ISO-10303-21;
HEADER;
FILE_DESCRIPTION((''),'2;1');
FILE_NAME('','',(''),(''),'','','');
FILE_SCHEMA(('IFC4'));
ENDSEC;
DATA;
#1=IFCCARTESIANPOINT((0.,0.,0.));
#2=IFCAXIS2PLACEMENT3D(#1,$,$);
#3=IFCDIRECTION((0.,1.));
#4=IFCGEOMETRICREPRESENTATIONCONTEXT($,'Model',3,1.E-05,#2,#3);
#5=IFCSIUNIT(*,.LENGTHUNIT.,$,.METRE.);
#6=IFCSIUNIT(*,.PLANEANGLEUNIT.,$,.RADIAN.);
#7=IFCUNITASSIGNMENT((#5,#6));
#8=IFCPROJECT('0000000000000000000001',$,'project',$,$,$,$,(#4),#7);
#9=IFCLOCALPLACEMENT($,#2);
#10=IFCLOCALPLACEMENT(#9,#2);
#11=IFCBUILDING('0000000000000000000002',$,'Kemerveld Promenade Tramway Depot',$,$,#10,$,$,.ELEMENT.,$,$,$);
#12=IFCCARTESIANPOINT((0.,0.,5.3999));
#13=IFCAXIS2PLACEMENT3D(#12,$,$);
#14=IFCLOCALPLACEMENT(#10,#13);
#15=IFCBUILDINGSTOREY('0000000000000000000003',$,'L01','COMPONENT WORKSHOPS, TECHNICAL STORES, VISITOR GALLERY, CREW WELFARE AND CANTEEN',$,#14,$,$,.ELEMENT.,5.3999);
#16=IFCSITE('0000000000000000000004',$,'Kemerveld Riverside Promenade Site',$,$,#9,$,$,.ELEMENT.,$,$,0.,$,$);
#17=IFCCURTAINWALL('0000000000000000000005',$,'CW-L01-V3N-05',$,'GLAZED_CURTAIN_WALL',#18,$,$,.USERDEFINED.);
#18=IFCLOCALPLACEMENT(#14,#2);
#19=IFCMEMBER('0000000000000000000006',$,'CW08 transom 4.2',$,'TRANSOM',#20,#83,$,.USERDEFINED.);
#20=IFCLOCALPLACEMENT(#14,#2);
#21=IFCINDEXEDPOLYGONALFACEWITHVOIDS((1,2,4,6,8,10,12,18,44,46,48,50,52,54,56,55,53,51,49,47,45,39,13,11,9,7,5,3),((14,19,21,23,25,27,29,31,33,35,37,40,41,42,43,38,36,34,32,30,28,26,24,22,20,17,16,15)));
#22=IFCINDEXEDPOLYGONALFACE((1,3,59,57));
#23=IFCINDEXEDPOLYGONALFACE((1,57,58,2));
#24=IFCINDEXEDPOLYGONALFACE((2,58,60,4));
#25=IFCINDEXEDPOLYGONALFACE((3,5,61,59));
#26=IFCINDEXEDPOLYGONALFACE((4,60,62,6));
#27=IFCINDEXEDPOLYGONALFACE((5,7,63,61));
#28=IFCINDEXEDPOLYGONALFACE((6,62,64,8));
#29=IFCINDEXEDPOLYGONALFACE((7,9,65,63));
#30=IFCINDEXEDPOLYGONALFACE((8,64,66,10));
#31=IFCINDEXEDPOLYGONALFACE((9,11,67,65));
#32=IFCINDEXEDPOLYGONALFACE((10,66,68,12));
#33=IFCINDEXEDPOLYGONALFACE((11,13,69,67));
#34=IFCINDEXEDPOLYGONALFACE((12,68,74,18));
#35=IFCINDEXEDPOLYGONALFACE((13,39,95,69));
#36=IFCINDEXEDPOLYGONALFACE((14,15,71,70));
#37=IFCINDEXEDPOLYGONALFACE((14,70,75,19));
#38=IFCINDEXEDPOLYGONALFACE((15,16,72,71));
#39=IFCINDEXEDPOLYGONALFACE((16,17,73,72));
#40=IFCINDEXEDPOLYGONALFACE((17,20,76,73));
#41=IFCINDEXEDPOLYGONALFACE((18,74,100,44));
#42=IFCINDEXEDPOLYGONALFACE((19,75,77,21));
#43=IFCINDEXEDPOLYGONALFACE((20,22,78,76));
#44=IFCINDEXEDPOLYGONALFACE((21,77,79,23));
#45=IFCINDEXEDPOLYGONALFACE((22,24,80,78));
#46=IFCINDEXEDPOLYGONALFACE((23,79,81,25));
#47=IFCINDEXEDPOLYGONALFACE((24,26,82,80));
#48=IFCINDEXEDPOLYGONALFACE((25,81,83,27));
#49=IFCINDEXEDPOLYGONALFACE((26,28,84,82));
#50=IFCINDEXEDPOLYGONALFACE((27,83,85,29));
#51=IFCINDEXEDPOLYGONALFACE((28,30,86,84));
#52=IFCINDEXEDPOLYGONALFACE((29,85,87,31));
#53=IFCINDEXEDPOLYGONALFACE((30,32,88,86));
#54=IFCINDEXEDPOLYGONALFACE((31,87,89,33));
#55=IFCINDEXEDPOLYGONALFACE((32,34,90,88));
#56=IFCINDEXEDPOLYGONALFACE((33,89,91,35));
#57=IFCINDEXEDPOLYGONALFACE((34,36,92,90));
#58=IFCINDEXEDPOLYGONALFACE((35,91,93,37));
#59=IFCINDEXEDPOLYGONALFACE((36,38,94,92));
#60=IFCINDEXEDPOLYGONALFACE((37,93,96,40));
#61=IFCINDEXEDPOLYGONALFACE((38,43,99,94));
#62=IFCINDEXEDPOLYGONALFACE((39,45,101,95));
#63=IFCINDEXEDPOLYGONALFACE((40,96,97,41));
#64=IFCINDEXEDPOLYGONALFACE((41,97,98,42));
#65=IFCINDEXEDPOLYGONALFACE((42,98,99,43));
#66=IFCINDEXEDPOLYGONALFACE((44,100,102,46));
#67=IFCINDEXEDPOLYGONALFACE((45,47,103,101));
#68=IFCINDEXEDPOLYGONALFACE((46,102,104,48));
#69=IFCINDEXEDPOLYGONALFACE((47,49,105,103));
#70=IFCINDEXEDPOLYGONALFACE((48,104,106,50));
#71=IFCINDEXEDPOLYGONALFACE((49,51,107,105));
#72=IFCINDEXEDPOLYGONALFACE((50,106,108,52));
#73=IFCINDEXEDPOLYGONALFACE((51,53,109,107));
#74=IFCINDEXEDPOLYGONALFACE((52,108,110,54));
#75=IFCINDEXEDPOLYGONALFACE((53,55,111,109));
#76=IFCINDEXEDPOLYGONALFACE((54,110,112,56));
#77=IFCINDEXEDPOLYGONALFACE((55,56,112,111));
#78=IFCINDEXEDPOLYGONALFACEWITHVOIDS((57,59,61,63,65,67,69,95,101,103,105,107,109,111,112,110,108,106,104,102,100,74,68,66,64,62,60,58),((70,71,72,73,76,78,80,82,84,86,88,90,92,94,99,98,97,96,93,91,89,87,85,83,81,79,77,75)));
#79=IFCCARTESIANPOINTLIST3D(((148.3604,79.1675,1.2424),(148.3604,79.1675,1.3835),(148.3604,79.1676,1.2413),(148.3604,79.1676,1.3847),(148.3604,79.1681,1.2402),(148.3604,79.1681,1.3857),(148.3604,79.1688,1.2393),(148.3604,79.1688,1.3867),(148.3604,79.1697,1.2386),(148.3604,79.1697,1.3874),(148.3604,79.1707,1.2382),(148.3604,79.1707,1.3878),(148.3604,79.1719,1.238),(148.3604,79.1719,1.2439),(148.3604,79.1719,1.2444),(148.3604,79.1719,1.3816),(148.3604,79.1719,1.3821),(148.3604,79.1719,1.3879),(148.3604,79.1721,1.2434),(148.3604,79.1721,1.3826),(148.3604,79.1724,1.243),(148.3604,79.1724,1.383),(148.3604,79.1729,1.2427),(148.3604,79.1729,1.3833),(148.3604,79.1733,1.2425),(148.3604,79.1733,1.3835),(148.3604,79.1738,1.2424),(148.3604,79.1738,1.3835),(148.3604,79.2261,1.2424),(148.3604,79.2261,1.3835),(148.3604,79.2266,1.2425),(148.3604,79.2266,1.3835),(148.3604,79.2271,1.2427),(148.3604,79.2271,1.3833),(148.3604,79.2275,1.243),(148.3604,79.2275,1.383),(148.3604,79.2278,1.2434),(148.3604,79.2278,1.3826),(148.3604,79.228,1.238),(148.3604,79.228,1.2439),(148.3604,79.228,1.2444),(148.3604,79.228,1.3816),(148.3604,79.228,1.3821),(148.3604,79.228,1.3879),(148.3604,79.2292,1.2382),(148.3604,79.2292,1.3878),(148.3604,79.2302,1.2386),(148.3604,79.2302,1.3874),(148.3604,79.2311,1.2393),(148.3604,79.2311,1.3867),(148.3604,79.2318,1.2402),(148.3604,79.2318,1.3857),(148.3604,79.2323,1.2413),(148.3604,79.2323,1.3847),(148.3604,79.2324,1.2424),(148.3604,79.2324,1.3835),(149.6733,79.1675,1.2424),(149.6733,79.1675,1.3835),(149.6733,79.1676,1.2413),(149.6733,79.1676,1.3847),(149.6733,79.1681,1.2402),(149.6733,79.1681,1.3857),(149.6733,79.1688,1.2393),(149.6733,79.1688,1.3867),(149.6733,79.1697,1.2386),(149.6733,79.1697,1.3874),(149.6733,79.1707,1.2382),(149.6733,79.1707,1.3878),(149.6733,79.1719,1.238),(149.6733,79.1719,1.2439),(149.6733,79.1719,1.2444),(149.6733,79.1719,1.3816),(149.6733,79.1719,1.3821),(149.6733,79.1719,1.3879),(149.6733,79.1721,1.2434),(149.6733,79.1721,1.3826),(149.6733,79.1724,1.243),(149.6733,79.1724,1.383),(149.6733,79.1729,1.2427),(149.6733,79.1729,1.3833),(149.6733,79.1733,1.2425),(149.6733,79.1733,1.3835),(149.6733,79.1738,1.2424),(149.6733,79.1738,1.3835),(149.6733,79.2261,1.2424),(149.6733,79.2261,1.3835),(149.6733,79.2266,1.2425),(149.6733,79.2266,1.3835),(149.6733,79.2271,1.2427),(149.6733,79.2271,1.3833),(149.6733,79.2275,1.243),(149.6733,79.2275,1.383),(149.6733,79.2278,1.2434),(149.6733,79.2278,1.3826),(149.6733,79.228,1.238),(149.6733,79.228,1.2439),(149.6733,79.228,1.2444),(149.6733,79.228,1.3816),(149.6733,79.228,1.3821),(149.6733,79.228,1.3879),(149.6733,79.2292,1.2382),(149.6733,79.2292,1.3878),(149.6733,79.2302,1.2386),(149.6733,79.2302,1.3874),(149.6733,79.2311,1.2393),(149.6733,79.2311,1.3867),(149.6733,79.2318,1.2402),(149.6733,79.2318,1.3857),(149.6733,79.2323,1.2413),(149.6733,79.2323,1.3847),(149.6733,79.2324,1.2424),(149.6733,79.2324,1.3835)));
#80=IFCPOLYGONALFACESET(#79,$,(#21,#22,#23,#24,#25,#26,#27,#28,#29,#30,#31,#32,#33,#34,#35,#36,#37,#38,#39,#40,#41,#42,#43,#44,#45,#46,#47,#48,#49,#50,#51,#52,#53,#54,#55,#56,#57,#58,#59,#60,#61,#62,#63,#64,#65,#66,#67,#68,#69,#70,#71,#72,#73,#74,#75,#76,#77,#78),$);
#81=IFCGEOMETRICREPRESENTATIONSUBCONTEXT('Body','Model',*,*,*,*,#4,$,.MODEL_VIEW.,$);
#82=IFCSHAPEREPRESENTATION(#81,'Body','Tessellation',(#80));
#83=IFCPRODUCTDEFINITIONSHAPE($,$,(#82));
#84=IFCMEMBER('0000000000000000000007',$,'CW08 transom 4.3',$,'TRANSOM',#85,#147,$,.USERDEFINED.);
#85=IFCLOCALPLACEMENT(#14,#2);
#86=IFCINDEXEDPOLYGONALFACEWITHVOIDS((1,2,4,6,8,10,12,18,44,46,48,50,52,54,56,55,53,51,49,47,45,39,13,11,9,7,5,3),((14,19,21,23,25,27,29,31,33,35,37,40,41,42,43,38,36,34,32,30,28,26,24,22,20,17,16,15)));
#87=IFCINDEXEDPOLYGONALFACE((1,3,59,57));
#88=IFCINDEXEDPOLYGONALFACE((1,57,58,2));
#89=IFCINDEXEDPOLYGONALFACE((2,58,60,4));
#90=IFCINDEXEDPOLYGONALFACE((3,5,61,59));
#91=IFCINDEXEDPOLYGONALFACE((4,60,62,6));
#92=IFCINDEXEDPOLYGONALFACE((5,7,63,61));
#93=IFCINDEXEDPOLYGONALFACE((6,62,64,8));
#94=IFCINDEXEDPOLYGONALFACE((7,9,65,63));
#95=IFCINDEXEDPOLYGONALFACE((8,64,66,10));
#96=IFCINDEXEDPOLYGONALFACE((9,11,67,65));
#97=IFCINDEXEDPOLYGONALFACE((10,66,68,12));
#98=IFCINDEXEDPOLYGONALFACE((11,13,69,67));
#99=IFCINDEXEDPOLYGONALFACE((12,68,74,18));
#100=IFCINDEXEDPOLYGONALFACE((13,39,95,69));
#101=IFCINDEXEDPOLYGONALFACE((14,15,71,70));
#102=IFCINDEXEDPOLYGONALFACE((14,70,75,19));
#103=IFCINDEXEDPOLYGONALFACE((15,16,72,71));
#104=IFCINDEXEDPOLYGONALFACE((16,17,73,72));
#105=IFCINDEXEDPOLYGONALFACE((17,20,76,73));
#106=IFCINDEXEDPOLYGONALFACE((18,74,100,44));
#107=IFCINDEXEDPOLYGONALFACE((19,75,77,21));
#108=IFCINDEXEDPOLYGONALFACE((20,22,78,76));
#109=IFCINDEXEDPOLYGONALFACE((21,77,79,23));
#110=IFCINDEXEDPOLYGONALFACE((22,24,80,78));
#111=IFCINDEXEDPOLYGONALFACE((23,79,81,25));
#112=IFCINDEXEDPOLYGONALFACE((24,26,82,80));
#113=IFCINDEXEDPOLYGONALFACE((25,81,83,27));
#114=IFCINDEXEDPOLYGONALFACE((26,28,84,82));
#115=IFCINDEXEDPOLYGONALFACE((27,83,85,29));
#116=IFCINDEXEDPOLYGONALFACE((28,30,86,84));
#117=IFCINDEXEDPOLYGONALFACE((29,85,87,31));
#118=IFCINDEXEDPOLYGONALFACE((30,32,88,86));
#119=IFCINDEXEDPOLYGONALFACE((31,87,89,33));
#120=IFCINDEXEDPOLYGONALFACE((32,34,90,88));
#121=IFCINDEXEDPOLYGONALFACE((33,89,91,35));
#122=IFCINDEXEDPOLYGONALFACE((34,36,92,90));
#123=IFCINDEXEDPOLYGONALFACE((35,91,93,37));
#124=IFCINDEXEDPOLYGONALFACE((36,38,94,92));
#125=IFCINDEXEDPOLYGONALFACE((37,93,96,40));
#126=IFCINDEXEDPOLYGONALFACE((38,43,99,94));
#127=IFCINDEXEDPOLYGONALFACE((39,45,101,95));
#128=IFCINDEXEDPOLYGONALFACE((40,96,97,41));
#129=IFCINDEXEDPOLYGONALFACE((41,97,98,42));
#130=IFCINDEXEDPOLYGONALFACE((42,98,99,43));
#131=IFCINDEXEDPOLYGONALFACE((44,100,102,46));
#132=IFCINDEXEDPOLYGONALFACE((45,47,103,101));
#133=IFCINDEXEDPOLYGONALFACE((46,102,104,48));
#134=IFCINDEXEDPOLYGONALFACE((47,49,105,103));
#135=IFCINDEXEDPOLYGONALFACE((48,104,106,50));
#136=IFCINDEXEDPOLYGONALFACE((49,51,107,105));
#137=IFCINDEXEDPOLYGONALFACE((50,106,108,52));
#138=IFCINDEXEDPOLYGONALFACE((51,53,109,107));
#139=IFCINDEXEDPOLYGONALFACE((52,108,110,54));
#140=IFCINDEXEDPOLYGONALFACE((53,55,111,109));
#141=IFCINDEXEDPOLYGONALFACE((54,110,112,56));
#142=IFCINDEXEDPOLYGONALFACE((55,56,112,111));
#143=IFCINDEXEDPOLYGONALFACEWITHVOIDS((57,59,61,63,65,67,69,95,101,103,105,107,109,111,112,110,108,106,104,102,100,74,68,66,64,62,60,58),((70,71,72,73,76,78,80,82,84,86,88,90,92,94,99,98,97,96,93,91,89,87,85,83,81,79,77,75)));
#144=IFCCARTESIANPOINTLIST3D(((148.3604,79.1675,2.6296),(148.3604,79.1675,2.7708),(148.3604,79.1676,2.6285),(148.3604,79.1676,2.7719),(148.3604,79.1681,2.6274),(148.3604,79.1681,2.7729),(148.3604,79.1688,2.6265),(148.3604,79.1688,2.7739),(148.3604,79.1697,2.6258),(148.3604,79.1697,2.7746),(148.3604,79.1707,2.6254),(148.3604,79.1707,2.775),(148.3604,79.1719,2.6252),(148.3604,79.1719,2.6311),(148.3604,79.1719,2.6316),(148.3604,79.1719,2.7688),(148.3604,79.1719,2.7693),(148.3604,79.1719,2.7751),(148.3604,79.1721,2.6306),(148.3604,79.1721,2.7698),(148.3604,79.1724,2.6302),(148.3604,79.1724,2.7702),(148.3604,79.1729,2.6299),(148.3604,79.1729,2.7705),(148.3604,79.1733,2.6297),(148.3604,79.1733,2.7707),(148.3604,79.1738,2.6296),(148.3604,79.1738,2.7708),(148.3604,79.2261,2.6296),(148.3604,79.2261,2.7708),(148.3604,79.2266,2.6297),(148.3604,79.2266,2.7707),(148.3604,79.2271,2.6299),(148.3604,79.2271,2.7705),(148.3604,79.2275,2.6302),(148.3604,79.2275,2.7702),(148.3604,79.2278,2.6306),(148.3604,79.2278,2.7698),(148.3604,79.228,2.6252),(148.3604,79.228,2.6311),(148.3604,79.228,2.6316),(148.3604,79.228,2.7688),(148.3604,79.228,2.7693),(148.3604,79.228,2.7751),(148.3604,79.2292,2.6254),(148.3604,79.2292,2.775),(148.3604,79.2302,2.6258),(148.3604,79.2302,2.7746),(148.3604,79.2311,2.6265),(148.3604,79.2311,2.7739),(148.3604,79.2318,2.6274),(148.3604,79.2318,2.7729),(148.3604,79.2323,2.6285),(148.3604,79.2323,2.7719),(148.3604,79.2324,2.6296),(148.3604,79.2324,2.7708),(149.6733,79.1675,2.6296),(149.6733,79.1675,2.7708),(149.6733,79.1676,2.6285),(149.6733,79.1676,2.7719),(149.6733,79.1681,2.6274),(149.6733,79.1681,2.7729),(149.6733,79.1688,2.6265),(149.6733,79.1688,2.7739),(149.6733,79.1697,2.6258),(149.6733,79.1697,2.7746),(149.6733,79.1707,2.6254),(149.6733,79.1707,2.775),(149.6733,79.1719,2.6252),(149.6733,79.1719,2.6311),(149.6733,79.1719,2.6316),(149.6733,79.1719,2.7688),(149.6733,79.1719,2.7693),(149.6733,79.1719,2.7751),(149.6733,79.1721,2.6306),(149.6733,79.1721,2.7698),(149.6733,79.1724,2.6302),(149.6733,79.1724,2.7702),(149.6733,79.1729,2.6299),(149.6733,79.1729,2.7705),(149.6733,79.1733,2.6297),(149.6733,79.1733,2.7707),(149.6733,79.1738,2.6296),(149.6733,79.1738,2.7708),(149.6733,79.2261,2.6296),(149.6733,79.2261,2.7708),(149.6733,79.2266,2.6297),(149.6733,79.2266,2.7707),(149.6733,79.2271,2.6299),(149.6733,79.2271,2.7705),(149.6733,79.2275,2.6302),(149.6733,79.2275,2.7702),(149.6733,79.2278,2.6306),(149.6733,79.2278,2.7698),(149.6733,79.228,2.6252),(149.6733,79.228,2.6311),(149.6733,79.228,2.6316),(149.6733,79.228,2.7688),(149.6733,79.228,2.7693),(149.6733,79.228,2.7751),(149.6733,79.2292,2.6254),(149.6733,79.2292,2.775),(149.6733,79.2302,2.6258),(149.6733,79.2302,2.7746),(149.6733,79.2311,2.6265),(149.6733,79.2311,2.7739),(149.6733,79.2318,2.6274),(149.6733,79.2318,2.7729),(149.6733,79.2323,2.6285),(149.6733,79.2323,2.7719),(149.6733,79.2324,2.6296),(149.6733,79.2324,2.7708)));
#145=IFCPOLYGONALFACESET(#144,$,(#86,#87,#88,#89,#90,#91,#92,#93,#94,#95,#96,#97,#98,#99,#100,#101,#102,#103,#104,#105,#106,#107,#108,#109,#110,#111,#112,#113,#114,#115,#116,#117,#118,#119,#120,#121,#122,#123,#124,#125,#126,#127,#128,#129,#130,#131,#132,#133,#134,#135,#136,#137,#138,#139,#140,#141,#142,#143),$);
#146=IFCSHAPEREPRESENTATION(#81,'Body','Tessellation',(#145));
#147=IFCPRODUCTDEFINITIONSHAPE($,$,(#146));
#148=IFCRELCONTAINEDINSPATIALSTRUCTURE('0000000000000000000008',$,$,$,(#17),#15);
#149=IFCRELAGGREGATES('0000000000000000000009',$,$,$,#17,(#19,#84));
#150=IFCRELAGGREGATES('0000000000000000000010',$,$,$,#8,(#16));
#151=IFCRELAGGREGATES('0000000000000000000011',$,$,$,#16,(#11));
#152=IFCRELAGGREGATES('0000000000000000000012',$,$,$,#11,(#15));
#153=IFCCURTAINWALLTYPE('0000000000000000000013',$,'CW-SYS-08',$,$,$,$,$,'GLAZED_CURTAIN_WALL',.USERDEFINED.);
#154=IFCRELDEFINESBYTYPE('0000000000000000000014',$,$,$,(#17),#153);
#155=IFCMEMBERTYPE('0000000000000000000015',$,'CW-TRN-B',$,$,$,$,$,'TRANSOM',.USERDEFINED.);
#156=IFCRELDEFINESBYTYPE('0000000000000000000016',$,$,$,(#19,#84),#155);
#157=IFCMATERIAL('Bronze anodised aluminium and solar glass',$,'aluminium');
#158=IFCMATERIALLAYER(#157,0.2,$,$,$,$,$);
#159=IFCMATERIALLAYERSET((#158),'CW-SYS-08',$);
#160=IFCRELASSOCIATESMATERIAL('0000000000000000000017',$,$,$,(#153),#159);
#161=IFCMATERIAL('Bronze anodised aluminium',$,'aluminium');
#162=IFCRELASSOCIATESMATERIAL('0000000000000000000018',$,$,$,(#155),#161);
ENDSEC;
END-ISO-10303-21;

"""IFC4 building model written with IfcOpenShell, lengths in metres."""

from ifc_helpers import new_model, si_unit, direction, frame, origin, origin_2d, place, context, subcontext, project, spatial, hollow_rectangle, extrude, material, layer, layer_set, material_profile, profile_set, type_object, element, aggregate, save


model = new_model("IFC4")

# Units and contexts
model_context = context("Model", 3, precision=1e-05, world=origin(), true_north=direction((0.0, 1.0)))
body_context = subcontext(model_context, "Body", "Model", "MODEL_VIEW")
ifc_project = project(units=[si_unit("LENGTHUNIT", "METRE"), si_unit("PLANEANGLEUNIT", "RADIAN")], contexts=[model_context])

# Site, building, storey
site_placement = place(None, origin())
site = spatial("IfcSite", under=ifc_project, at=site_placement, Name="Kemerveld Riverside Promenade Site", CompositionType="ELEMENT", RefElevation=0.0)
building_placement = place(site_placement, origin())
building = spatial("IfcBuilding", under=site, at=building_placement, Name="Kemerveld Promenade Tramway Depot", CompositionType="ELEMENT")
storey_placement = place(building_placement, frame((0.0, 0.0, 5.3999)))
storey = spatial("IfcBuildingStorey", under=building, at=storey_placement, Name="L01", Description="COMPONENT WORKSHOPS, TECHNICAL STORES, VISITOR GALLERY, CREW WELFARE AND CANTEEN", CompositionType="ELEMENT", Elevation=5.3999)

# Curtain wall, members
ifc_material_1 = material(Name="Bronze anodised aluminium and solar glass", Category="aluminium")
ifc_layer_1 = layer(ifc_material_1, 0.2)
ifc_layer_set_1 = layer_set([ifc_layer_1], Name="CW-SYS-08")
curtain_wall_type = type_object("IfcCurtainWallType", Name="CW-SYS-08", ElementType="GLAZED_CURTAIN_WALL", PredefinedType="USERDEFINED", material=ifc_layer_set_1)
curtain_wall_placement = place(storey_placement, origin())
curtain_wall = element("IfcCurtainWall", 1, at=curtain_wall_placement, inside=storey, type_object=curtain_wall_type, Name="CW-L01-V3N-05", ObjectType="GLAZED_CURTAIN_WALL", PredefinedType="USERDEFINED")
ifc_material_2 = material(Name="Bronze anodised aluminium", Category="aluminium")
ifc_material_profile_1 = material_profile(ifc_material_2, hollow_rectangle(XDim=0.0649, YDim=0.1499, WallThickness=0.0044, InnerFilletRadius=0.002, OuterFilletRadius=0.0044, at=origin_2d()), Name="CW-TRN-150x65")
ifc_profile_set_1 = profile_set([ifc_material_profile_1], Name="Bronze anodised aluminium")
member_type_1 = type_object("IfcMemberType", Name="CW-TRN-B", ElementType="TRANSOM", PredefinedType="USERDEFINED", material=ifc_profile_set_1)
member_1_placement = place(storey_placement, frame((148.3604, 79.2, 1.313), z_axis=(1.0, 0.0, 0.0), x_axis=(0.0, 1.0, 0.0)))
member_1 = element("IfcMember", 2, at=member_1_placement, type_object=member_type_1, Name="CW08 transom 4.2", ObjectType="TRANSOM", PredefinedType="USERDEFINED", context=body_context, shape_type="SweptSolid", body=[
    extrude(hollow_rectangle(XDim=0.0649, YDim=0.1499, WallThickness=0.0044, InnerFilletRadius=0.002, OuterFilletRadius=0.0044, at=origin_2d()), origin(), (0.0, 0.0, 1.0), 1.313),
])
member_2_placement = place(storey_placement, frame((148.3604, 79.2, 2.7002), z_axis=(1.0, 0.0, 0.0), x_axis=(0.0, 1.0, 0.0)))
member_2 = element("IfcMember", 3, at=member_2_placement, type_object=member_type_1, Name="CW08 transom 4.3", ObjectType="TRANSOM", PredefinedType="USERDEFINED", context=body_context, shape_type="SweptSolid", body=[
    extrude(hollow_rectangle(XDim=0.0649, YDim=0.1499, WallThickness=0.0044, InnerFilletRadius=0.002, OuterFilletRadius=0.0044, at=origin_2d()), origin(), (0.0, 0.0, 1.0), 1.313),
])
aggregate(curtain_wall, [member_1, member_2])

save(model, "model.ifc")
